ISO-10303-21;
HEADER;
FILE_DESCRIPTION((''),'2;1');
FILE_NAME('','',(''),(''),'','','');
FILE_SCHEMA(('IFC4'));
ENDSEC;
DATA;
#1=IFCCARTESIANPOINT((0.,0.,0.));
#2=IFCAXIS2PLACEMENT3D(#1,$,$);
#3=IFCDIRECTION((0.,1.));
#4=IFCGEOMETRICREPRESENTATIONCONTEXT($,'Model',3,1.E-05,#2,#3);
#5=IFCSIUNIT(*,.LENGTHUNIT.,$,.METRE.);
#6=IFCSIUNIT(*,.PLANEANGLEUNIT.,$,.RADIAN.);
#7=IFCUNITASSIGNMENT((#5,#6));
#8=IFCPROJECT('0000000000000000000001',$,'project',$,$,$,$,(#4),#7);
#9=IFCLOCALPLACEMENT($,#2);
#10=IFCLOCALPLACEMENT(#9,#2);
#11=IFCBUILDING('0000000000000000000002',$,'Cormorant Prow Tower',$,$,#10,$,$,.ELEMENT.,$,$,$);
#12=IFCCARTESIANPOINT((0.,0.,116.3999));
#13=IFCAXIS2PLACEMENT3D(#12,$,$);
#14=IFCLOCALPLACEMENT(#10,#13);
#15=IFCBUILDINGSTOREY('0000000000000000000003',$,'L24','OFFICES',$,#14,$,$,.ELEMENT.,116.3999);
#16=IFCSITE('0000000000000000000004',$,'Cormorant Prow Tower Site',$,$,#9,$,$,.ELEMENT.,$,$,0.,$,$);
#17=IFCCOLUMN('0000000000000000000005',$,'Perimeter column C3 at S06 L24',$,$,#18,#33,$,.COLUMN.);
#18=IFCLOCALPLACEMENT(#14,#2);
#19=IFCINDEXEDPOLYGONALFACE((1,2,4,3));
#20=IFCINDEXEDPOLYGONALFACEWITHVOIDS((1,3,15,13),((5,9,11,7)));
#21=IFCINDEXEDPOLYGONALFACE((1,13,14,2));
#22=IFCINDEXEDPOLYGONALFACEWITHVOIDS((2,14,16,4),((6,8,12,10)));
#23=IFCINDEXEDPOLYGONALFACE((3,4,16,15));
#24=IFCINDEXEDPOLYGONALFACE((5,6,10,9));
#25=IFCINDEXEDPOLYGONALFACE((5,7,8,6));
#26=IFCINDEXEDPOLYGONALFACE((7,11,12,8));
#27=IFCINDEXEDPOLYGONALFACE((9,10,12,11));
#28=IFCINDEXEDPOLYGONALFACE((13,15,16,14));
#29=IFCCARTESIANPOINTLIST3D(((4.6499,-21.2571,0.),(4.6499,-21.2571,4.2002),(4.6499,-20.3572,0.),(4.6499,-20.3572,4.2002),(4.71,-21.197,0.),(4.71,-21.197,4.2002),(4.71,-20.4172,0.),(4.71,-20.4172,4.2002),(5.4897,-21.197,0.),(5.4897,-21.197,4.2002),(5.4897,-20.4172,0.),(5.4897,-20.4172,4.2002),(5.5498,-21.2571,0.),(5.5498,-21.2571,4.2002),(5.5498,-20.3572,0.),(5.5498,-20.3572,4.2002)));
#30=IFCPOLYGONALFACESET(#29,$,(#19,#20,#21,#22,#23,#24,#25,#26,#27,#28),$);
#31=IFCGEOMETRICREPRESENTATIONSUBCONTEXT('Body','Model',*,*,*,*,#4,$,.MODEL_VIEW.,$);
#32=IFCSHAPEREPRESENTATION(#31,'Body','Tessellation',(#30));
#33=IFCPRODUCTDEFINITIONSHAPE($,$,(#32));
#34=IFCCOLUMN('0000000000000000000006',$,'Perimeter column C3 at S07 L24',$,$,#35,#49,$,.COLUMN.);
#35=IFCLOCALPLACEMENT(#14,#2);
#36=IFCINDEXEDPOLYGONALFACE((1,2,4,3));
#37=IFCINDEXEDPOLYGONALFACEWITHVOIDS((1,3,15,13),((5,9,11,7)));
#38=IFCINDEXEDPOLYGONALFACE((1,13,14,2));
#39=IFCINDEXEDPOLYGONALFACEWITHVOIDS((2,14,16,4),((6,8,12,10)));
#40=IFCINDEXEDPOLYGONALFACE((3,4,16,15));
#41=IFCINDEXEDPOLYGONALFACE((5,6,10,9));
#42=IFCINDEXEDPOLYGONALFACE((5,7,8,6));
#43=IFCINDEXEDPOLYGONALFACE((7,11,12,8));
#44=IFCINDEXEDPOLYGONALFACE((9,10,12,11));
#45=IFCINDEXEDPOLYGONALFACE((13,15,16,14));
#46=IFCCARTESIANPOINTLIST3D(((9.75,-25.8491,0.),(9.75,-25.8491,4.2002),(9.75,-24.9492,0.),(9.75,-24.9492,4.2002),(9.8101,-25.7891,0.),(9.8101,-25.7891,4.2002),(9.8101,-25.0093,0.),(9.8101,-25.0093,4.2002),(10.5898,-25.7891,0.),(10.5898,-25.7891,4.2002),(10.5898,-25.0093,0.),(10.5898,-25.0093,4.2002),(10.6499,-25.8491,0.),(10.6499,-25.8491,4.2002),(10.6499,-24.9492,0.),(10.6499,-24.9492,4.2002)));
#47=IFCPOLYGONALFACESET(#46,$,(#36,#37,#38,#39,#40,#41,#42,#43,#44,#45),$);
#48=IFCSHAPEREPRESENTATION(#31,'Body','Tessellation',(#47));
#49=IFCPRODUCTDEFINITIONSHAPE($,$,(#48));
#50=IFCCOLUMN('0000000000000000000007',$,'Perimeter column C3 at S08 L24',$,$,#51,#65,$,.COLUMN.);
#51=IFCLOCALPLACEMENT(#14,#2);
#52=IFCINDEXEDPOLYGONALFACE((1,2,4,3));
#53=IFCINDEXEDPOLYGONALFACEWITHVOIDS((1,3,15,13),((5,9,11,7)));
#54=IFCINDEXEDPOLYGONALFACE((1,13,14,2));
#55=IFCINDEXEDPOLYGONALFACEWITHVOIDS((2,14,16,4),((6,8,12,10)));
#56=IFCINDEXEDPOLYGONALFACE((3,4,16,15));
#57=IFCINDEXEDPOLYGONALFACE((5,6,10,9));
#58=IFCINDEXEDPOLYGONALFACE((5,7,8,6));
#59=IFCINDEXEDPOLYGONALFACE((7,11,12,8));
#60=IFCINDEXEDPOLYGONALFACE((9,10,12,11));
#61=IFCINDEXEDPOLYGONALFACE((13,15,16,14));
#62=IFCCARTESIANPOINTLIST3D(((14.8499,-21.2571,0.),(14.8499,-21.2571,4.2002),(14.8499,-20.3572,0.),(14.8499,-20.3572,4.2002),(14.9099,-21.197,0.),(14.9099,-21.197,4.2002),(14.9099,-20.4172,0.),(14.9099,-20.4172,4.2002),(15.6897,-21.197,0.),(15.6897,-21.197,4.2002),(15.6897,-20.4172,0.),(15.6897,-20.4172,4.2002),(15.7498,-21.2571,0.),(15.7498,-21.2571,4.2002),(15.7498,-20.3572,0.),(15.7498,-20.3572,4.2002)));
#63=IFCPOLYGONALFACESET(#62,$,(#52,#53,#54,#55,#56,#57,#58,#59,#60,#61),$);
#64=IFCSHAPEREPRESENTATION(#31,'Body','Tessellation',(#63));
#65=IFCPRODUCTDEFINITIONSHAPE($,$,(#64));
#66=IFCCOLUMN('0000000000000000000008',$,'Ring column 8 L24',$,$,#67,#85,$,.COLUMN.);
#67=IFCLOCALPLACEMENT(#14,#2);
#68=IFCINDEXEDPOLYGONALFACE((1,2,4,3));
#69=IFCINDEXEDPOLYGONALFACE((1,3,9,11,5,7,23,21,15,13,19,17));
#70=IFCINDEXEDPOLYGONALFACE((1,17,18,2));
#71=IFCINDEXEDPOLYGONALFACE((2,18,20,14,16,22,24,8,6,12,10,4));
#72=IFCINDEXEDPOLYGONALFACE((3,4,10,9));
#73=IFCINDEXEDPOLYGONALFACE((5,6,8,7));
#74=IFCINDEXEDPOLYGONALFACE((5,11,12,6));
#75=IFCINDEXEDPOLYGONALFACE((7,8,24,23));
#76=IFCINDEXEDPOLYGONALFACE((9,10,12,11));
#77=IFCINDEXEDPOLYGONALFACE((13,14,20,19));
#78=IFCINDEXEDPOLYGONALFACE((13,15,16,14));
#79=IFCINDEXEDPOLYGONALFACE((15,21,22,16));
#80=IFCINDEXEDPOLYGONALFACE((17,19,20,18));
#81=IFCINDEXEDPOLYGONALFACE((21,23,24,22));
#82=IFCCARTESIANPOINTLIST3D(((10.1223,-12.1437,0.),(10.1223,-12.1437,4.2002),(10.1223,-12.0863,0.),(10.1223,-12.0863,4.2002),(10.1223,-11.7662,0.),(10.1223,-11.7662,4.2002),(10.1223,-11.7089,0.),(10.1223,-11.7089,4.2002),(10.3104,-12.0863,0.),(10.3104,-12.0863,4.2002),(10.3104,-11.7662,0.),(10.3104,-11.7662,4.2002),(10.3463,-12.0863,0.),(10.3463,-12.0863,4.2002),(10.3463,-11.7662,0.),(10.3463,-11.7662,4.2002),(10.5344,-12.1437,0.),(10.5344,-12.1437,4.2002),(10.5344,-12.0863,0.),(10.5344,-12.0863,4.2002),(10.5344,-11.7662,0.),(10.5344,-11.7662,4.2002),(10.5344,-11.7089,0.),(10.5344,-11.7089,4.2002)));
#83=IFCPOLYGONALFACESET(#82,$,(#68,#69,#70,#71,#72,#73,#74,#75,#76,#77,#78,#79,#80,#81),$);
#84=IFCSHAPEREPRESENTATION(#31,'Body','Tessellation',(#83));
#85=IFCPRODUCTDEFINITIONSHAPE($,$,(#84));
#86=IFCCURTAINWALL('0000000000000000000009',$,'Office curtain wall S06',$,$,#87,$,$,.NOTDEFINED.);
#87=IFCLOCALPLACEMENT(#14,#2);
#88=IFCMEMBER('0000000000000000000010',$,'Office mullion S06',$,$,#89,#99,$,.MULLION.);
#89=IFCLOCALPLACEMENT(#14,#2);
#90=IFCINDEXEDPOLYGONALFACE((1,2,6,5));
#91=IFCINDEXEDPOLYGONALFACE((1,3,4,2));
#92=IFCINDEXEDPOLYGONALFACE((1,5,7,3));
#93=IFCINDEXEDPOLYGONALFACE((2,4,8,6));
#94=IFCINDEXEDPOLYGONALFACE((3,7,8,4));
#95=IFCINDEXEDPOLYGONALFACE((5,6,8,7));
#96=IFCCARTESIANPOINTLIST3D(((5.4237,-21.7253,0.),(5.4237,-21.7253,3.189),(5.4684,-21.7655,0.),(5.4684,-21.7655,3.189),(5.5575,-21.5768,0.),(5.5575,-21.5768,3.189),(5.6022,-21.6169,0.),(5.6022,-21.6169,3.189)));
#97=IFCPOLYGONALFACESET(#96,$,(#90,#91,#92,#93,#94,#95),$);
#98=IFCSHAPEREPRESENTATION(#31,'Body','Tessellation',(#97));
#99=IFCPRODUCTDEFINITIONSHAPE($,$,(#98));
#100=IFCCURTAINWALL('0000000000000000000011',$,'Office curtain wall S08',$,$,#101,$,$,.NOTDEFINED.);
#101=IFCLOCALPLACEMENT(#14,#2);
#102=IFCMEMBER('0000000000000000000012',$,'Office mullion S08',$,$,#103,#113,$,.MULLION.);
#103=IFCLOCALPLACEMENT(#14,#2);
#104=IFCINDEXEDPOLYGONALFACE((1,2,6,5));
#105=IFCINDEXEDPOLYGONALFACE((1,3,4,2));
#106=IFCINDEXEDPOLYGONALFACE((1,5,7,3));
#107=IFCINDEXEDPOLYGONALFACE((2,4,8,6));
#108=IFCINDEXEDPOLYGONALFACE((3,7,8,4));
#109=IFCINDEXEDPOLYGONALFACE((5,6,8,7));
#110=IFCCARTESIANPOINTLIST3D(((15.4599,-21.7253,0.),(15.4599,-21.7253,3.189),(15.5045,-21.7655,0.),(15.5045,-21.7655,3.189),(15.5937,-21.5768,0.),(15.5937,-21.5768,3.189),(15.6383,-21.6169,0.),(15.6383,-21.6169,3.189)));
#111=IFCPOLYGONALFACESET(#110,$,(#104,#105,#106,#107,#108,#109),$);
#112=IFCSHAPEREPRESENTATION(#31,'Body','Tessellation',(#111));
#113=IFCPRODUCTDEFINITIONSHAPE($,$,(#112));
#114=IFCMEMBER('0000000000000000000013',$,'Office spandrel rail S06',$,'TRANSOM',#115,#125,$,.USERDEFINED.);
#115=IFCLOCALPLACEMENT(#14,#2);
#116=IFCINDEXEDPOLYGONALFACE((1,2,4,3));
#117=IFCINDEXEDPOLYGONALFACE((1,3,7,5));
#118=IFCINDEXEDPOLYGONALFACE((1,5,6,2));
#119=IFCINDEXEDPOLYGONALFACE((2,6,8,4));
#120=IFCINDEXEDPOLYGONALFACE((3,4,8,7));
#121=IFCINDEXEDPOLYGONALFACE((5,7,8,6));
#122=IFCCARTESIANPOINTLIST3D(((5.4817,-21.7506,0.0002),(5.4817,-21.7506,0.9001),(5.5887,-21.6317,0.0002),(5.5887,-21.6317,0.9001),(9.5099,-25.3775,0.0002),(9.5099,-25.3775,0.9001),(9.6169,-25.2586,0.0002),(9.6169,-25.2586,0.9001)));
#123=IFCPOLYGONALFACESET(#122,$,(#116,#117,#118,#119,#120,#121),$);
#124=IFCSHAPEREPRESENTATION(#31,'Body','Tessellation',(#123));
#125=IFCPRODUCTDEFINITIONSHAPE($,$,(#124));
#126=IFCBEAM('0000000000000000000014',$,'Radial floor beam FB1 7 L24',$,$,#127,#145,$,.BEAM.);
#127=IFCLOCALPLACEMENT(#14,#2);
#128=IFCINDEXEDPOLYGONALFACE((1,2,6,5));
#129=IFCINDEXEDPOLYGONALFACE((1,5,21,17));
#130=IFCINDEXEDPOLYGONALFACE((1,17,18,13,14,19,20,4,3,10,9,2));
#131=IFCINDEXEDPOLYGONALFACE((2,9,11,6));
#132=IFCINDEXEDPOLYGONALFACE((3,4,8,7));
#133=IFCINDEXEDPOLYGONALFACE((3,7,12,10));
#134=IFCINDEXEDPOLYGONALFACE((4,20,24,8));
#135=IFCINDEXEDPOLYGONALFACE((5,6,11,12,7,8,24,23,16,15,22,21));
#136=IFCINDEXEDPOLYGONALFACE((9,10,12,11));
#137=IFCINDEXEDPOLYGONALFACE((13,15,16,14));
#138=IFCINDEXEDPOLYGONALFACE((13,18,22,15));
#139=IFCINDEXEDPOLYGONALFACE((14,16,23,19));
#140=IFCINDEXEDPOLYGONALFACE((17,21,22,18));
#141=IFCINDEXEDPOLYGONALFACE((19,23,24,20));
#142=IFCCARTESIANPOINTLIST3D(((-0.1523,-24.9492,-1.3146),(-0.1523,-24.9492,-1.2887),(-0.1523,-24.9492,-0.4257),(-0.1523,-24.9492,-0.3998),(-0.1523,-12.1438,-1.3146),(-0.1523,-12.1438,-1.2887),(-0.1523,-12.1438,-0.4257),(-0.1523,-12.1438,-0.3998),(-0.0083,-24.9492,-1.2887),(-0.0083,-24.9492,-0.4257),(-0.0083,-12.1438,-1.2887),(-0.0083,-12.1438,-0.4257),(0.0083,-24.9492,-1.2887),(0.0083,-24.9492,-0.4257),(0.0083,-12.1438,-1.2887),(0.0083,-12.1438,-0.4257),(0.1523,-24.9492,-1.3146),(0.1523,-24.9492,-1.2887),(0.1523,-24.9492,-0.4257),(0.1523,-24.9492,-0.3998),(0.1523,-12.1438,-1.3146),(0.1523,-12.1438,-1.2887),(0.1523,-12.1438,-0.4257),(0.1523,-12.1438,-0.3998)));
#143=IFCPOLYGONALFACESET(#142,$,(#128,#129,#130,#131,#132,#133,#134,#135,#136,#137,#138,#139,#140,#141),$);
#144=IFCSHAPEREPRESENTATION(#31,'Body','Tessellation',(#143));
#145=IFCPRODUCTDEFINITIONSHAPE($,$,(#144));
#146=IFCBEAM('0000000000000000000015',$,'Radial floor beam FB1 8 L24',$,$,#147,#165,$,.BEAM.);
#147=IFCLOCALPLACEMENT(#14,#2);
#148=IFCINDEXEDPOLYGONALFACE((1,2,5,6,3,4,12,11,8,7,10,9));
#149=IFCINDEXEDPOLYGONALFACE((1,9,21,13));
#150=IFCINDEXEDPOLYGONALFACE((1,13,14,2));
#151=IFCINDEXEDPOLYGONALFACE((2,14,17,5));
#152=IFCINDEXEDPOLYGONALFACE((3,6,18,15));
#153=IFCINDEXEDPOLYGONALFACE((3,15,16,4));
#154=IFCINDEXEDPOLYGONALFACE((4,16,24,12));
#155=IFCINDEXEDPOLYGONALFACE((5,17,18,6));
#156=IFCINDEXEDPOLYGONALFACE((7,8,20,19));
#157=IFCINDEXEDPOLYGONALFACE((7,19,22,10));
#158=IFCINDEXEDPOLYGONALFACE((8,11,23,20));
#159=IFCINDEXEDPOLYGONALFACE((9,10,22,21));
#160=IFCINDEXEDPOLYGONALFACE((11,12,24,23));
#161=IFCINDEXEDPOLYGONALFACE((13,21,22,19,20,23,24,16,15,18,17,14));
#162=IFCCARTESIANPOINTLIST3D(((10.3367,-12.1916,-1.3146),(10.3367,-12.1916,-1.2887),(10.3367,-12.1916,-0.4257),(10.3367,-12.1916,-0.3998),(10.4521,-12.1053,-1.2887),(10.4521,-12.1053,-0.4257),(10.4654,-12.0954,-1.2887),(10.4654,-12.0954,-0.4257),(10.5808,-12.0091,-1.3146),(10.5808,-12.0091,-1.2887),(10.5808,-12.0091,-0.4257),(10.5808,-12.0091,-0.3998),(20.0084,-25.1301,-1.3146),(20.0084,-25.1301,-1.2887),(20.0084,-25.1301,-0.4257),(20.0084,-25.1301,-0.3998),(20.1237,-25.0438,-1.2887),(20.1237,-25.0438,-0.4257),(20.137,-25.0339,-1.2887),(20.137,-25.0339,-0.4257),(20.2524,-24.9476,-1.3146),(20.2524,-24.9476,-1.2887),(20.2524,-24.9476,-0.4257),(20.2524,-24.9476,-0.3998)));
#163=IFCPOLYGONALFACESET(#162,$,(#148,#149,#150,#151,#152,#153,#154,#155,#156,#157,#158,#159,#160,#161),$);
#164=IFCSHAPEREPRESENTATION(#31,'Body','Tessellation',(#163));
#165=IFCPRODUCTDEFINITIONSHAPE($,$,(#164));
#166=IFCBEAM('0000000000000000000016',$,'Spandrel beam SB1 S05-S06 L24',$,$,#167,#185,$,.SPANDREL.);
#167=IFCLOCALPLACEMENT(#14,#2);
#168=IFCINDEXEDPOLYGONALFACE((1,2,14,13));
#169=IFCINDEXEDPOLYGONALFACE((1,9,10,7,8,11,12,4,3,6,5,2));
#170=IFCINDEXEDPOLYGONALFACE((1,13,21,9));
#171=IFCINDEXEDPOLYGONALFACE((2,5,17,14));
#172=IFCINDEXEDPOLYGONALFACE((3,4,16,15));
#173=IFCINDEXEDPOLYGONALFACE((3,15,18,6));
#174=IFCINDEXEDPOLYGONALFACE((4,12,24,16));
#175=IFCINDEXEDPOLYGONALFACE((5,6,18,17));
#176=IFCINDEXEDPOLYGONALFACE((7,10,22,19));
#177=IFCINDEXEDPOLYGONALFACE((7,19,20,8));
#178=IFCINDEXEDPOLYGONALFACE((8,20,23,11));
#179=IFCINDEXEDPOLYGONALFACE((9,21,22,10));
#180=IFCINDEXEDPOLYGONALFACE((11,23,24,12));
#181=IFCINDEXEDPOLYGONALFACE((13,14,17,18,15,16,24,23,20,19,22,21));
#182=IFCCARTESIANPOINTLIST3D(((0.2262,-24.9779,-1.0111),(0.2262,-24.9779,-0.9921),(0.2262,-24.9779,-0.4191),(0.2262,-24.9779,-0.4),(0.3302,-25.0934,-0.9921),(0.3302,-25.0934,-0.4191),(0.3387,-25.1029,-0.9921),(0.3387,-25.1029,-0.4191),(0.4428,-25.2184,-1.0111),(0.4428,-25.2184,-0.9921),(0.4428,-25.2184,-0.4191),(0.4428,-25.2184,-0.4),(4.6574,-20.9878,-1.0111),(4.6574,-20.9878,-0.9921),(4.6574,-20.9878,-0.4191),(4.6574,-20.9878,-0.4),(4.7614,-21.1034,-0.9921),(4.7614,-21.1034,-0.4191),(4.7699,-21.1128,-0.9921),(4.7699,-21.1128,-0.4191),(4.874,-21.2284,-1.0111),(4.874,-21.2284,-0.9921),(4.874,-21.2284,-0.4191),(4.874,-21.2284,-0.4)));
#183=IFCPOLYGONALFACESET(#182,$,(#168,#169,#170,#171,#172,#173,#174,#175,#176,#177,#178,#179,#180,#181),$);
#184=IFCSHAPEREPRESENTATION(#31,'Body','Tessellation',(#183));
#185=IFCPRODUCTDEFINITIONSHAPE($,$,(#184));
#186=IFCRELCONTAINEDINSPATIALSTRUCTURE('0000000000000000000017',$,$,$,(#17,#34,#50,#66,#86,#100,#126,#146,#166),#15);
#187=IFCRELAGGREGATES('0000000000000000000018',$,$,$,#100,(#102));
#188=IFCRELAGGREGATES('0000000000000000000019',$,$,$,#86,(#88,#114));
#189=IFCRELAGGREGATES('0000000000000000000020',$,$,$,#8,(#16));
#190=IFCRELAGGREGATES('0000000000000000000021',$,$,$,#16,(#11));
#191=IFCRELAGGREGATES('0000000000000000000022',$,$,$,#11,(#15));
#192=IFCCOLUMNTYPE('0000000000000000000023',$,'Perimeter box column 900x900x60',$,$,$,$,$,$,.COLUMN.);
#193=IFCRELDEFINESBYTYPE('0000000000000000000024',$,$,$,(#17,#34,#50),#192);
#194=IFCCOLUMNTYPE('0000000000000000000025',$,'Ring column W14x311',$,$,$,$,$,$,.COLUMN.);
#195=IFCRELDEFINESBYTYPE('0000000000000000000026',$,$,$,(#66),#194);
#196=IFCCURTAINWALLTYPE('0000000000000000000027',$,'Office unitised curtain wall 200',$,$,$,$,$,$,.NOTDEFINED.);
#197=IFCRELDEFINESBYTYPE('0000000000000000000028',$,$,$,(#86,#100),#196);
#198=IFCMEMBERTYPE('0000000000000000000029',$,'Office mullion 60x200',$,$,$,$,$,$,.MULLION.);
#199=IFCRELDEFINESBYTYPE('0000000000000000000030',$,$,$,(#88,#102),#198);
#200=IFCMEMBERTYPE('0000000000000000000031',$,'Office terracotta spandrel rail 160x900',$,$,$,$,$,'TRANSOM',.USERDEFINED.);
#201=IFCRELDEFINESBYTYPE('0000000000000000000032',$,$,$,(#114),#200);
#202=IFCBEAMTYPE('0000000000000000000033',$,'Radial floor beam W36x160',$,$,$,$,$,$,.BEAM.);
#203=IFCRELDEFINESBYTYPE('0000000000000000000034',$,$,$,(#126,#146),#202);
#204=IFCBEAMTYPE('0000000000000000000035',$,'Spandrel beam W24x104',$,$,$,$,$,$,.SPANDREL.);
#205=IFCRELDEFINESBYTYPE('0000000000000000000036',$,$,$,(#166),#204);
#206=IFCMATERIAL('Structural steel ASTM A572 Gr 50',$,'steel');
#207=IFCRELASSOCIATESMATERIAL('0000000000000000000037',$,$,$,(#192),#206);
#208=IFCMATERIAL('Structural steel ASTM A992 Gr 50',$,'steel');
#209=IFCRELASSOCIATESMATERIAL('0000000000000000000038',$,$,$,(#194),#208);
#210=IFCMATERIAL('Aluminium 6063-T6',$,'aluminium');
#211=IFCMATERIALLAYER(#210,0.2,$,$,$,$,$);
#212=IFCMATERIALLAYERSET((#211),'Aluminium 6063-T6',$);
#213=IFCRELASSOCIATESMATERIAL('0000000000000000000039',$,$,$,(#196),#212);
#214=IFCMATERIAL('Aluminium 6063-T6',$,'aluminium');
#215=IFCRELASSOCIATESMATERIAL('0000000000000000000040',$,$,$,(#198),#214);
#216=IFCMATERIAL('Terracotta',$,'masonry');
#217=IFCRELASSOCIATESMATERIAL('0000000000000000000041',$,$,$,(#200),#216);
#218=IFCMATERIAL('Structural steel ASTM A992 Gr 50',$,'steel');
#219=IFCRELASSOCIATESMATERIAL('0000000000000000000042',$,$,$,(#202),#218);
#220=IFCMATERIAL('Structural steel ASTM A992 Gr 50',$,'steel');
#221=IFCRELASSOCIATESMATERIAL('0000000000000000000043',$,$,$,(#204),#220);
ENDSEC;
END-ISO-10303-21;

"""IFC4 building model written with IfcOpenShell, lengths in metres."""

from ifc_helpers import new_model, si_unit, direction, frame, origin, origin_2d, place, context, subcontext, project, spatial, rectangle, hollow_rectangle, i_section, extrude, material, layer, layer_set, material_profile, profile_set, type_object, element, aggregate, save


model = new_model("IFC4")

# Units and contexts
model_context = context("Model", 3, precision=1e-05, world=origin(), true_north=direction((0.0, 1.0)))
body_context = subcontext(model_context, "Body", "Model", "MODEL_VIEW")
ifc_project = project(units=[si_unit("LENGTHUNIT", "METRE"), si_unit("PLANEANGLEUNIT", "RADIAN")], contexts=[model_context])

# Site, building, storey
site_placement = place(None, origin())
site = spatial("IfcSite", under=ifc_project, at=site_placement, Name="Cormorant Prow Tower Site", CompositionType="ELEMENT", RefElevation=0.0)
building_placement = place(site_placement, origin())
building = spatial("IfcBuilding", under=site, at=building_placement, Name="Cormorant Prow Tower", CompositionType="ELEMENT")
storey_placement = place(building_placement, frame((0.0, 0.0, 116.3999)))
storey = spatial("IfcBuildingStorey", under=building, at=storey_placement, Name="L24", Description="OFFICES", CompositionType="ELEMENT", Elevation=116.3999)

# Columns
ifc_material_1 = material(Name="Structural steel ASTM A572 Gr 50", Category="steel")
ifc_material_profile_1 = material_profile(ifc_material_1, hollow_rectangle(XDim=0.8999, YDim=0.8999, WallThickness=0.0601, at=origin_2d()), Name="Box 900x900x60")
ifc_profile_set_1 = profile_set([ifc_material_profile_1], Name="Structural steel ASTM A572 Gr 50")
column_type_1 = type_object("IfcColumnType", Name="Perimeter box column 900x900x60", PredefinedType="COLUMN", material=ifc_profile_set_1)
for number, where, z_axis, x_axis, name in (
    (1, (5.0999, -20.8071, 0.0), (0.0, 0.0, 1.0), (1.0, 0.0, 0.0), "Perimeter column C3 at S06 L24"),
    (2, (10.2, -25.3992, 0.0), (0.0, 0.0, 1.0), (1.0, 0.0, 0.0), "Perimeter column C3 at S07 L24"),
    (3, (15.2998, -20.8071, 0.0), (0.0, 0.0, 1.0), (1.0, 0.0, 0.0), "Perimeter column C3 at S08 L24"),
):
    element("IfcColumn", number, at=place(storey_placement, frame(where, z_axis=z_axis, x_axis=x_axis)), inside=storey, type_object=column_type_1, Name=name, PredefinedType="COLUMN", context=body_context, shape_type="SweptSolid", body=[
        extrude(hollow_rectangle(XDim=0.8999, YDim=0.8999, WallThickness=0.0601, at=origin_2d()), origin(), (0.0, 0.0, 1.0), 4.2002),
    ])
ifc_material_2 = material(Name="Structural steel ASTM A992 Gr 50", Category="steel")
ifc_material_profile_2 = material_profile(ifc_material_2, i_section(OverallWidth=0.4121, OverallDepth=0.4348, WebThickness=0.0359, FlangeThickness=0.0574, at=origin_2d()), Name="W14x311")
ifc_profile_set_2 = profile_set([ifc_material_profile_2], Name="Structural steel ASTM A992 Gr 50")
column_type_2 = type_object("IfcColumnType", Name="Ring column W14x311", PredefinedType="COLUMN", material=ifc_profile_set_2)
column_placement = place(storey_placement, frame((10.3284, -11.9263, 0.0), z_axis=(0.0, 0.0, 1.0), x_axis=(1.0, 0.0, 0.0)))
element("IfcColumn", 4, at=column_placement, inside=storey, type_object=column_type_2, Name="Ring column 8 L24", PredefinedType="COLUMN", context=body_context, shape_type="SweptSolid", body=[
    extrude(i_section(OverallWidth=0.4121, OverallDepth=0.4348, WebThickness=0.0359, FlangeThickness=0.0574, at=origin_2d()), origin(), (0.0, 0.0, 1.0), 4.2002),
])

# Curtain walls, members
ifc_material_3 = material(Name="Aluminium 6063-T6", Category="aluminium")
ifc_layer_1 = layer(ifc_material_3, 0.2)
ifc_layer_set_1 = layer_set([ifc_layer_1], Name="Aluminium 6063-T6")
curtain_wall_type = type_object("IfcCurtainWallType", Name="Office unitised curtain wall 200", PredefinedType="NOTDEFINED", material=ifc_layer_set_1)
curtain_wall_1_placement = place(storey_placement, origin())
curtain_wall_1 = element("IfcCurtainWall", 5, at=curtain_wall_1_placement, inside=storey, type_object=curtain_wall_type, Name="Office curtain wall S06", PredefinedType="NOTDEFINED")
ifc_material_4 = material(Name="Aluminium 6063-T6", Category="aluminium")
ifc_material_profile_3 = material_profile(ifc_material_4, rectangle(XDim=0.2, YDim=0.0601, at=origin_2d()), Name="Office mullion 60x200")
ifc_profile_set_3 = profile_set([ifc_material_profile_3], Name="Aluminium 6063-T6")
member_type_1 = type_object("IfcMemberType", Name="Office mullion 60x200", PredefinedType="MULLION", material=ifc_profile_set_3)
member_1_placement = place(storey_placement, frame((5.5129, -21.6711, 0.0), z_axis=(0.0, 0.0, 1.0), x_axis=(0.669131, 0.743145, 0.0)))
member_1 = element("IfcMember", 6, at=member_1_placement, type_object=member_type_1, Name="Office mullion S06", PredefinedType="MULLION", context=body_context, shape_type="SweptSolid", body=[
    extrude(rectangle(XDim=0.2, YDim=0.0601, at=origin_2d()), origin(), (0.0, 0.0, 1.0), 3.189),
])
curtain_wall_2_placement = place(storey_placement, origin())
curtain_wall_2 = element("IfcCurtainWall", 7, at=curtain_wall_2_placement, inside=storey, type_object=curtain_wall_type, Name="Office curtain wall S08", PredefinedType="NOTDEFINED")
member_2_placement = place(storey_placement, frame((15.5491, -21.6711, 0.0), z_axis=(0.0, 0.0, 1.0), x_axis=(0.669131, 0.743145, 0.0)))
member_2 = element("IfcMember", 8, at=member_2_placement, type_object=member_type_1, Name="Office mullion S08", PredefinedType="MULLION", context=body_context, shape_type="SweptSolid", body=[
    extrude(rectangle(XDim=0.2, YDim=0.0601, at=origin_2d()), origin(), (0.0, 0.0, 1.0), 3.189),
])
aggregate(curtain_wall_2, [member_2])

# Member
ifc_material_5 = material(Name="Terracotta", Category="masonry")
ifc_material_profile_4 = material_profile(ifc_material_5, rectangle(XDim=0.1599, YDim=0.8999, at=origin_2d()), Name="Office terracotta spandrel rail 160x900")
ifc_profile_set_4 = profile_set([ifc_material_profile_4], Name="Terracotta")
member_type_2 = type_object("IfcMemberType", Name="Office terracotta spandrel rail 160x900", ElementType="TRANSOM", PredefinedType="USERDEFINED", material=ifc_profile_set_4)
member_3_placement = place(storey_placement, frame((5.5352, -21.6912, 0.4502), z_axis=(0.74316, -0.669114, 0.0), x_axis=(0.669114, 0.74316, 0.0)))
member_3 = element("IfcMember", 9, at=member_3_placement, type_object=member_type_2, Name="Office spandrel rail S06", ObjectType="TRANSOM", PredefinedType="USERDEFINED", context=body_context, shape_type="SweptSolid", body=[
    extrude(rectangle(XDim=0.1599, YDim=0.8999, at=origin_2d()), origin(), (0.0, 0.0, 1.0), 5.4204),
])

# Beams
ifc_material_6 = material(Name="Structural steel ASTM A992 Gr 50", Category="steel")
ifc_material_profile_5 = material_profile(ifc_material_6, i_section(OverallWidth=0.3047, OverallDepth=0.9148, WebThickness=0.0166, FlangeThickness=0.0259, at=origin_2d()), Name="W36x160")
ifc_profile_set_5 = profile_set([ifc_material_profile_5], Name="Structural steel ASTM A992 Gr 50")
beam_type_1 = type_object("IfcBeamType", Name="Radial floor beam W36x160", PredefinedType="BEAM", material=ifc_profile_set_5)
beam_1_placement = place(storey_placement, frame((0.0, -12.1438, -0.8572), z_axis=(0.0, -1.0, 0.0), x_axis=(1.0, 0.0, 0.0)))
element("IfcBeam", 10, at=beam_1_placement, inside=storey, type_object=beam_type_1, Name="Radial floor beam FB1 7 L24", PredefinedType="BEAM", context=body_context, shape_type="SweptSolid", body=[
    extrude(i_section(OverallWidth=0.3047, OverallDepth=0.9148, WebThickness=0.0166, FlangeThickness=0.0259, at=origin_2d()), origin(), (0.0, 0.0, 1.0), 12.8054),
])
beam_2_placement = place(storey_placement, frame((10.4587, -12.1003, -0.8572), z_axis=(0.598722, -0.800957, 0.0), x_axis=(0.800957, 0.598722, 0.0)))
element("IfcBeam", 11, at=beam_2_placement, inside=storey, type_object=beam_type_1, Name="Radial floor beam FB1 8 L24", PredefinedType="BEAM", context=body_context, shape_type="SweptSolid", body=[
    extrude(i_section(OverallWidth=0.3047, OverallDepth=0.9148, WebThickness=0.0166, FlangeThickness=0.0259, at=origin_2d()), origin(), (0.0, 0.0, 1.0), 16.1538),
])
ifc_material_7 = material(Name="Structural steel ASTM A992 Gr 50", Category="steel")
ifc_material_profile_6 = material_profile(ifc_material_7, i_section(OverallWidth=0.3237, OverallDepth=0.6111, WebThickness=0.0127, FlangeThickness=0.019, at=origin_2d()), Name="W24x104")
ifc_profile_set_6 = profile_set([ifc_material_profile_6], Name="Structural steel ASTM A992 Gr 50")
beam_type_2 = type_object("IfcBeamType", Name="Spandrel beam W24x104", PredefinedType="SPANDREL", material=ifc_profile_set_6)
for number, where, z_axis, x_axis, name in (
    (12, (0.3345, -25.0981, -0.7056), (0.743131, 0.669146, 0.0), (-0.669146, 0.743131, 0.0), "Spandrel beam SB1 S05-S06 L24"),
):
    element("IfcBeam", number, at=place(storey_placement, frame(where, z_axis=z_axis, x_axis=x_axis)), inside=storey, type_object=beam_type_2, Name=name, PredefinedType="SPANDREL", context=body_context, shape_type="SweptSolid", body=[
        extrude(i_section(OverallWidth=0.3237, OverallDepth=0.6111, WebThickness=0.0127, FlangeThickness=0.019, at=origin_2d()), origin(), (0.0, 0.0, 1.0), 5.9629),
    ])

aggregate(curtain_wall_1, [member_1, member_3])

save(model, "model.ifc")
